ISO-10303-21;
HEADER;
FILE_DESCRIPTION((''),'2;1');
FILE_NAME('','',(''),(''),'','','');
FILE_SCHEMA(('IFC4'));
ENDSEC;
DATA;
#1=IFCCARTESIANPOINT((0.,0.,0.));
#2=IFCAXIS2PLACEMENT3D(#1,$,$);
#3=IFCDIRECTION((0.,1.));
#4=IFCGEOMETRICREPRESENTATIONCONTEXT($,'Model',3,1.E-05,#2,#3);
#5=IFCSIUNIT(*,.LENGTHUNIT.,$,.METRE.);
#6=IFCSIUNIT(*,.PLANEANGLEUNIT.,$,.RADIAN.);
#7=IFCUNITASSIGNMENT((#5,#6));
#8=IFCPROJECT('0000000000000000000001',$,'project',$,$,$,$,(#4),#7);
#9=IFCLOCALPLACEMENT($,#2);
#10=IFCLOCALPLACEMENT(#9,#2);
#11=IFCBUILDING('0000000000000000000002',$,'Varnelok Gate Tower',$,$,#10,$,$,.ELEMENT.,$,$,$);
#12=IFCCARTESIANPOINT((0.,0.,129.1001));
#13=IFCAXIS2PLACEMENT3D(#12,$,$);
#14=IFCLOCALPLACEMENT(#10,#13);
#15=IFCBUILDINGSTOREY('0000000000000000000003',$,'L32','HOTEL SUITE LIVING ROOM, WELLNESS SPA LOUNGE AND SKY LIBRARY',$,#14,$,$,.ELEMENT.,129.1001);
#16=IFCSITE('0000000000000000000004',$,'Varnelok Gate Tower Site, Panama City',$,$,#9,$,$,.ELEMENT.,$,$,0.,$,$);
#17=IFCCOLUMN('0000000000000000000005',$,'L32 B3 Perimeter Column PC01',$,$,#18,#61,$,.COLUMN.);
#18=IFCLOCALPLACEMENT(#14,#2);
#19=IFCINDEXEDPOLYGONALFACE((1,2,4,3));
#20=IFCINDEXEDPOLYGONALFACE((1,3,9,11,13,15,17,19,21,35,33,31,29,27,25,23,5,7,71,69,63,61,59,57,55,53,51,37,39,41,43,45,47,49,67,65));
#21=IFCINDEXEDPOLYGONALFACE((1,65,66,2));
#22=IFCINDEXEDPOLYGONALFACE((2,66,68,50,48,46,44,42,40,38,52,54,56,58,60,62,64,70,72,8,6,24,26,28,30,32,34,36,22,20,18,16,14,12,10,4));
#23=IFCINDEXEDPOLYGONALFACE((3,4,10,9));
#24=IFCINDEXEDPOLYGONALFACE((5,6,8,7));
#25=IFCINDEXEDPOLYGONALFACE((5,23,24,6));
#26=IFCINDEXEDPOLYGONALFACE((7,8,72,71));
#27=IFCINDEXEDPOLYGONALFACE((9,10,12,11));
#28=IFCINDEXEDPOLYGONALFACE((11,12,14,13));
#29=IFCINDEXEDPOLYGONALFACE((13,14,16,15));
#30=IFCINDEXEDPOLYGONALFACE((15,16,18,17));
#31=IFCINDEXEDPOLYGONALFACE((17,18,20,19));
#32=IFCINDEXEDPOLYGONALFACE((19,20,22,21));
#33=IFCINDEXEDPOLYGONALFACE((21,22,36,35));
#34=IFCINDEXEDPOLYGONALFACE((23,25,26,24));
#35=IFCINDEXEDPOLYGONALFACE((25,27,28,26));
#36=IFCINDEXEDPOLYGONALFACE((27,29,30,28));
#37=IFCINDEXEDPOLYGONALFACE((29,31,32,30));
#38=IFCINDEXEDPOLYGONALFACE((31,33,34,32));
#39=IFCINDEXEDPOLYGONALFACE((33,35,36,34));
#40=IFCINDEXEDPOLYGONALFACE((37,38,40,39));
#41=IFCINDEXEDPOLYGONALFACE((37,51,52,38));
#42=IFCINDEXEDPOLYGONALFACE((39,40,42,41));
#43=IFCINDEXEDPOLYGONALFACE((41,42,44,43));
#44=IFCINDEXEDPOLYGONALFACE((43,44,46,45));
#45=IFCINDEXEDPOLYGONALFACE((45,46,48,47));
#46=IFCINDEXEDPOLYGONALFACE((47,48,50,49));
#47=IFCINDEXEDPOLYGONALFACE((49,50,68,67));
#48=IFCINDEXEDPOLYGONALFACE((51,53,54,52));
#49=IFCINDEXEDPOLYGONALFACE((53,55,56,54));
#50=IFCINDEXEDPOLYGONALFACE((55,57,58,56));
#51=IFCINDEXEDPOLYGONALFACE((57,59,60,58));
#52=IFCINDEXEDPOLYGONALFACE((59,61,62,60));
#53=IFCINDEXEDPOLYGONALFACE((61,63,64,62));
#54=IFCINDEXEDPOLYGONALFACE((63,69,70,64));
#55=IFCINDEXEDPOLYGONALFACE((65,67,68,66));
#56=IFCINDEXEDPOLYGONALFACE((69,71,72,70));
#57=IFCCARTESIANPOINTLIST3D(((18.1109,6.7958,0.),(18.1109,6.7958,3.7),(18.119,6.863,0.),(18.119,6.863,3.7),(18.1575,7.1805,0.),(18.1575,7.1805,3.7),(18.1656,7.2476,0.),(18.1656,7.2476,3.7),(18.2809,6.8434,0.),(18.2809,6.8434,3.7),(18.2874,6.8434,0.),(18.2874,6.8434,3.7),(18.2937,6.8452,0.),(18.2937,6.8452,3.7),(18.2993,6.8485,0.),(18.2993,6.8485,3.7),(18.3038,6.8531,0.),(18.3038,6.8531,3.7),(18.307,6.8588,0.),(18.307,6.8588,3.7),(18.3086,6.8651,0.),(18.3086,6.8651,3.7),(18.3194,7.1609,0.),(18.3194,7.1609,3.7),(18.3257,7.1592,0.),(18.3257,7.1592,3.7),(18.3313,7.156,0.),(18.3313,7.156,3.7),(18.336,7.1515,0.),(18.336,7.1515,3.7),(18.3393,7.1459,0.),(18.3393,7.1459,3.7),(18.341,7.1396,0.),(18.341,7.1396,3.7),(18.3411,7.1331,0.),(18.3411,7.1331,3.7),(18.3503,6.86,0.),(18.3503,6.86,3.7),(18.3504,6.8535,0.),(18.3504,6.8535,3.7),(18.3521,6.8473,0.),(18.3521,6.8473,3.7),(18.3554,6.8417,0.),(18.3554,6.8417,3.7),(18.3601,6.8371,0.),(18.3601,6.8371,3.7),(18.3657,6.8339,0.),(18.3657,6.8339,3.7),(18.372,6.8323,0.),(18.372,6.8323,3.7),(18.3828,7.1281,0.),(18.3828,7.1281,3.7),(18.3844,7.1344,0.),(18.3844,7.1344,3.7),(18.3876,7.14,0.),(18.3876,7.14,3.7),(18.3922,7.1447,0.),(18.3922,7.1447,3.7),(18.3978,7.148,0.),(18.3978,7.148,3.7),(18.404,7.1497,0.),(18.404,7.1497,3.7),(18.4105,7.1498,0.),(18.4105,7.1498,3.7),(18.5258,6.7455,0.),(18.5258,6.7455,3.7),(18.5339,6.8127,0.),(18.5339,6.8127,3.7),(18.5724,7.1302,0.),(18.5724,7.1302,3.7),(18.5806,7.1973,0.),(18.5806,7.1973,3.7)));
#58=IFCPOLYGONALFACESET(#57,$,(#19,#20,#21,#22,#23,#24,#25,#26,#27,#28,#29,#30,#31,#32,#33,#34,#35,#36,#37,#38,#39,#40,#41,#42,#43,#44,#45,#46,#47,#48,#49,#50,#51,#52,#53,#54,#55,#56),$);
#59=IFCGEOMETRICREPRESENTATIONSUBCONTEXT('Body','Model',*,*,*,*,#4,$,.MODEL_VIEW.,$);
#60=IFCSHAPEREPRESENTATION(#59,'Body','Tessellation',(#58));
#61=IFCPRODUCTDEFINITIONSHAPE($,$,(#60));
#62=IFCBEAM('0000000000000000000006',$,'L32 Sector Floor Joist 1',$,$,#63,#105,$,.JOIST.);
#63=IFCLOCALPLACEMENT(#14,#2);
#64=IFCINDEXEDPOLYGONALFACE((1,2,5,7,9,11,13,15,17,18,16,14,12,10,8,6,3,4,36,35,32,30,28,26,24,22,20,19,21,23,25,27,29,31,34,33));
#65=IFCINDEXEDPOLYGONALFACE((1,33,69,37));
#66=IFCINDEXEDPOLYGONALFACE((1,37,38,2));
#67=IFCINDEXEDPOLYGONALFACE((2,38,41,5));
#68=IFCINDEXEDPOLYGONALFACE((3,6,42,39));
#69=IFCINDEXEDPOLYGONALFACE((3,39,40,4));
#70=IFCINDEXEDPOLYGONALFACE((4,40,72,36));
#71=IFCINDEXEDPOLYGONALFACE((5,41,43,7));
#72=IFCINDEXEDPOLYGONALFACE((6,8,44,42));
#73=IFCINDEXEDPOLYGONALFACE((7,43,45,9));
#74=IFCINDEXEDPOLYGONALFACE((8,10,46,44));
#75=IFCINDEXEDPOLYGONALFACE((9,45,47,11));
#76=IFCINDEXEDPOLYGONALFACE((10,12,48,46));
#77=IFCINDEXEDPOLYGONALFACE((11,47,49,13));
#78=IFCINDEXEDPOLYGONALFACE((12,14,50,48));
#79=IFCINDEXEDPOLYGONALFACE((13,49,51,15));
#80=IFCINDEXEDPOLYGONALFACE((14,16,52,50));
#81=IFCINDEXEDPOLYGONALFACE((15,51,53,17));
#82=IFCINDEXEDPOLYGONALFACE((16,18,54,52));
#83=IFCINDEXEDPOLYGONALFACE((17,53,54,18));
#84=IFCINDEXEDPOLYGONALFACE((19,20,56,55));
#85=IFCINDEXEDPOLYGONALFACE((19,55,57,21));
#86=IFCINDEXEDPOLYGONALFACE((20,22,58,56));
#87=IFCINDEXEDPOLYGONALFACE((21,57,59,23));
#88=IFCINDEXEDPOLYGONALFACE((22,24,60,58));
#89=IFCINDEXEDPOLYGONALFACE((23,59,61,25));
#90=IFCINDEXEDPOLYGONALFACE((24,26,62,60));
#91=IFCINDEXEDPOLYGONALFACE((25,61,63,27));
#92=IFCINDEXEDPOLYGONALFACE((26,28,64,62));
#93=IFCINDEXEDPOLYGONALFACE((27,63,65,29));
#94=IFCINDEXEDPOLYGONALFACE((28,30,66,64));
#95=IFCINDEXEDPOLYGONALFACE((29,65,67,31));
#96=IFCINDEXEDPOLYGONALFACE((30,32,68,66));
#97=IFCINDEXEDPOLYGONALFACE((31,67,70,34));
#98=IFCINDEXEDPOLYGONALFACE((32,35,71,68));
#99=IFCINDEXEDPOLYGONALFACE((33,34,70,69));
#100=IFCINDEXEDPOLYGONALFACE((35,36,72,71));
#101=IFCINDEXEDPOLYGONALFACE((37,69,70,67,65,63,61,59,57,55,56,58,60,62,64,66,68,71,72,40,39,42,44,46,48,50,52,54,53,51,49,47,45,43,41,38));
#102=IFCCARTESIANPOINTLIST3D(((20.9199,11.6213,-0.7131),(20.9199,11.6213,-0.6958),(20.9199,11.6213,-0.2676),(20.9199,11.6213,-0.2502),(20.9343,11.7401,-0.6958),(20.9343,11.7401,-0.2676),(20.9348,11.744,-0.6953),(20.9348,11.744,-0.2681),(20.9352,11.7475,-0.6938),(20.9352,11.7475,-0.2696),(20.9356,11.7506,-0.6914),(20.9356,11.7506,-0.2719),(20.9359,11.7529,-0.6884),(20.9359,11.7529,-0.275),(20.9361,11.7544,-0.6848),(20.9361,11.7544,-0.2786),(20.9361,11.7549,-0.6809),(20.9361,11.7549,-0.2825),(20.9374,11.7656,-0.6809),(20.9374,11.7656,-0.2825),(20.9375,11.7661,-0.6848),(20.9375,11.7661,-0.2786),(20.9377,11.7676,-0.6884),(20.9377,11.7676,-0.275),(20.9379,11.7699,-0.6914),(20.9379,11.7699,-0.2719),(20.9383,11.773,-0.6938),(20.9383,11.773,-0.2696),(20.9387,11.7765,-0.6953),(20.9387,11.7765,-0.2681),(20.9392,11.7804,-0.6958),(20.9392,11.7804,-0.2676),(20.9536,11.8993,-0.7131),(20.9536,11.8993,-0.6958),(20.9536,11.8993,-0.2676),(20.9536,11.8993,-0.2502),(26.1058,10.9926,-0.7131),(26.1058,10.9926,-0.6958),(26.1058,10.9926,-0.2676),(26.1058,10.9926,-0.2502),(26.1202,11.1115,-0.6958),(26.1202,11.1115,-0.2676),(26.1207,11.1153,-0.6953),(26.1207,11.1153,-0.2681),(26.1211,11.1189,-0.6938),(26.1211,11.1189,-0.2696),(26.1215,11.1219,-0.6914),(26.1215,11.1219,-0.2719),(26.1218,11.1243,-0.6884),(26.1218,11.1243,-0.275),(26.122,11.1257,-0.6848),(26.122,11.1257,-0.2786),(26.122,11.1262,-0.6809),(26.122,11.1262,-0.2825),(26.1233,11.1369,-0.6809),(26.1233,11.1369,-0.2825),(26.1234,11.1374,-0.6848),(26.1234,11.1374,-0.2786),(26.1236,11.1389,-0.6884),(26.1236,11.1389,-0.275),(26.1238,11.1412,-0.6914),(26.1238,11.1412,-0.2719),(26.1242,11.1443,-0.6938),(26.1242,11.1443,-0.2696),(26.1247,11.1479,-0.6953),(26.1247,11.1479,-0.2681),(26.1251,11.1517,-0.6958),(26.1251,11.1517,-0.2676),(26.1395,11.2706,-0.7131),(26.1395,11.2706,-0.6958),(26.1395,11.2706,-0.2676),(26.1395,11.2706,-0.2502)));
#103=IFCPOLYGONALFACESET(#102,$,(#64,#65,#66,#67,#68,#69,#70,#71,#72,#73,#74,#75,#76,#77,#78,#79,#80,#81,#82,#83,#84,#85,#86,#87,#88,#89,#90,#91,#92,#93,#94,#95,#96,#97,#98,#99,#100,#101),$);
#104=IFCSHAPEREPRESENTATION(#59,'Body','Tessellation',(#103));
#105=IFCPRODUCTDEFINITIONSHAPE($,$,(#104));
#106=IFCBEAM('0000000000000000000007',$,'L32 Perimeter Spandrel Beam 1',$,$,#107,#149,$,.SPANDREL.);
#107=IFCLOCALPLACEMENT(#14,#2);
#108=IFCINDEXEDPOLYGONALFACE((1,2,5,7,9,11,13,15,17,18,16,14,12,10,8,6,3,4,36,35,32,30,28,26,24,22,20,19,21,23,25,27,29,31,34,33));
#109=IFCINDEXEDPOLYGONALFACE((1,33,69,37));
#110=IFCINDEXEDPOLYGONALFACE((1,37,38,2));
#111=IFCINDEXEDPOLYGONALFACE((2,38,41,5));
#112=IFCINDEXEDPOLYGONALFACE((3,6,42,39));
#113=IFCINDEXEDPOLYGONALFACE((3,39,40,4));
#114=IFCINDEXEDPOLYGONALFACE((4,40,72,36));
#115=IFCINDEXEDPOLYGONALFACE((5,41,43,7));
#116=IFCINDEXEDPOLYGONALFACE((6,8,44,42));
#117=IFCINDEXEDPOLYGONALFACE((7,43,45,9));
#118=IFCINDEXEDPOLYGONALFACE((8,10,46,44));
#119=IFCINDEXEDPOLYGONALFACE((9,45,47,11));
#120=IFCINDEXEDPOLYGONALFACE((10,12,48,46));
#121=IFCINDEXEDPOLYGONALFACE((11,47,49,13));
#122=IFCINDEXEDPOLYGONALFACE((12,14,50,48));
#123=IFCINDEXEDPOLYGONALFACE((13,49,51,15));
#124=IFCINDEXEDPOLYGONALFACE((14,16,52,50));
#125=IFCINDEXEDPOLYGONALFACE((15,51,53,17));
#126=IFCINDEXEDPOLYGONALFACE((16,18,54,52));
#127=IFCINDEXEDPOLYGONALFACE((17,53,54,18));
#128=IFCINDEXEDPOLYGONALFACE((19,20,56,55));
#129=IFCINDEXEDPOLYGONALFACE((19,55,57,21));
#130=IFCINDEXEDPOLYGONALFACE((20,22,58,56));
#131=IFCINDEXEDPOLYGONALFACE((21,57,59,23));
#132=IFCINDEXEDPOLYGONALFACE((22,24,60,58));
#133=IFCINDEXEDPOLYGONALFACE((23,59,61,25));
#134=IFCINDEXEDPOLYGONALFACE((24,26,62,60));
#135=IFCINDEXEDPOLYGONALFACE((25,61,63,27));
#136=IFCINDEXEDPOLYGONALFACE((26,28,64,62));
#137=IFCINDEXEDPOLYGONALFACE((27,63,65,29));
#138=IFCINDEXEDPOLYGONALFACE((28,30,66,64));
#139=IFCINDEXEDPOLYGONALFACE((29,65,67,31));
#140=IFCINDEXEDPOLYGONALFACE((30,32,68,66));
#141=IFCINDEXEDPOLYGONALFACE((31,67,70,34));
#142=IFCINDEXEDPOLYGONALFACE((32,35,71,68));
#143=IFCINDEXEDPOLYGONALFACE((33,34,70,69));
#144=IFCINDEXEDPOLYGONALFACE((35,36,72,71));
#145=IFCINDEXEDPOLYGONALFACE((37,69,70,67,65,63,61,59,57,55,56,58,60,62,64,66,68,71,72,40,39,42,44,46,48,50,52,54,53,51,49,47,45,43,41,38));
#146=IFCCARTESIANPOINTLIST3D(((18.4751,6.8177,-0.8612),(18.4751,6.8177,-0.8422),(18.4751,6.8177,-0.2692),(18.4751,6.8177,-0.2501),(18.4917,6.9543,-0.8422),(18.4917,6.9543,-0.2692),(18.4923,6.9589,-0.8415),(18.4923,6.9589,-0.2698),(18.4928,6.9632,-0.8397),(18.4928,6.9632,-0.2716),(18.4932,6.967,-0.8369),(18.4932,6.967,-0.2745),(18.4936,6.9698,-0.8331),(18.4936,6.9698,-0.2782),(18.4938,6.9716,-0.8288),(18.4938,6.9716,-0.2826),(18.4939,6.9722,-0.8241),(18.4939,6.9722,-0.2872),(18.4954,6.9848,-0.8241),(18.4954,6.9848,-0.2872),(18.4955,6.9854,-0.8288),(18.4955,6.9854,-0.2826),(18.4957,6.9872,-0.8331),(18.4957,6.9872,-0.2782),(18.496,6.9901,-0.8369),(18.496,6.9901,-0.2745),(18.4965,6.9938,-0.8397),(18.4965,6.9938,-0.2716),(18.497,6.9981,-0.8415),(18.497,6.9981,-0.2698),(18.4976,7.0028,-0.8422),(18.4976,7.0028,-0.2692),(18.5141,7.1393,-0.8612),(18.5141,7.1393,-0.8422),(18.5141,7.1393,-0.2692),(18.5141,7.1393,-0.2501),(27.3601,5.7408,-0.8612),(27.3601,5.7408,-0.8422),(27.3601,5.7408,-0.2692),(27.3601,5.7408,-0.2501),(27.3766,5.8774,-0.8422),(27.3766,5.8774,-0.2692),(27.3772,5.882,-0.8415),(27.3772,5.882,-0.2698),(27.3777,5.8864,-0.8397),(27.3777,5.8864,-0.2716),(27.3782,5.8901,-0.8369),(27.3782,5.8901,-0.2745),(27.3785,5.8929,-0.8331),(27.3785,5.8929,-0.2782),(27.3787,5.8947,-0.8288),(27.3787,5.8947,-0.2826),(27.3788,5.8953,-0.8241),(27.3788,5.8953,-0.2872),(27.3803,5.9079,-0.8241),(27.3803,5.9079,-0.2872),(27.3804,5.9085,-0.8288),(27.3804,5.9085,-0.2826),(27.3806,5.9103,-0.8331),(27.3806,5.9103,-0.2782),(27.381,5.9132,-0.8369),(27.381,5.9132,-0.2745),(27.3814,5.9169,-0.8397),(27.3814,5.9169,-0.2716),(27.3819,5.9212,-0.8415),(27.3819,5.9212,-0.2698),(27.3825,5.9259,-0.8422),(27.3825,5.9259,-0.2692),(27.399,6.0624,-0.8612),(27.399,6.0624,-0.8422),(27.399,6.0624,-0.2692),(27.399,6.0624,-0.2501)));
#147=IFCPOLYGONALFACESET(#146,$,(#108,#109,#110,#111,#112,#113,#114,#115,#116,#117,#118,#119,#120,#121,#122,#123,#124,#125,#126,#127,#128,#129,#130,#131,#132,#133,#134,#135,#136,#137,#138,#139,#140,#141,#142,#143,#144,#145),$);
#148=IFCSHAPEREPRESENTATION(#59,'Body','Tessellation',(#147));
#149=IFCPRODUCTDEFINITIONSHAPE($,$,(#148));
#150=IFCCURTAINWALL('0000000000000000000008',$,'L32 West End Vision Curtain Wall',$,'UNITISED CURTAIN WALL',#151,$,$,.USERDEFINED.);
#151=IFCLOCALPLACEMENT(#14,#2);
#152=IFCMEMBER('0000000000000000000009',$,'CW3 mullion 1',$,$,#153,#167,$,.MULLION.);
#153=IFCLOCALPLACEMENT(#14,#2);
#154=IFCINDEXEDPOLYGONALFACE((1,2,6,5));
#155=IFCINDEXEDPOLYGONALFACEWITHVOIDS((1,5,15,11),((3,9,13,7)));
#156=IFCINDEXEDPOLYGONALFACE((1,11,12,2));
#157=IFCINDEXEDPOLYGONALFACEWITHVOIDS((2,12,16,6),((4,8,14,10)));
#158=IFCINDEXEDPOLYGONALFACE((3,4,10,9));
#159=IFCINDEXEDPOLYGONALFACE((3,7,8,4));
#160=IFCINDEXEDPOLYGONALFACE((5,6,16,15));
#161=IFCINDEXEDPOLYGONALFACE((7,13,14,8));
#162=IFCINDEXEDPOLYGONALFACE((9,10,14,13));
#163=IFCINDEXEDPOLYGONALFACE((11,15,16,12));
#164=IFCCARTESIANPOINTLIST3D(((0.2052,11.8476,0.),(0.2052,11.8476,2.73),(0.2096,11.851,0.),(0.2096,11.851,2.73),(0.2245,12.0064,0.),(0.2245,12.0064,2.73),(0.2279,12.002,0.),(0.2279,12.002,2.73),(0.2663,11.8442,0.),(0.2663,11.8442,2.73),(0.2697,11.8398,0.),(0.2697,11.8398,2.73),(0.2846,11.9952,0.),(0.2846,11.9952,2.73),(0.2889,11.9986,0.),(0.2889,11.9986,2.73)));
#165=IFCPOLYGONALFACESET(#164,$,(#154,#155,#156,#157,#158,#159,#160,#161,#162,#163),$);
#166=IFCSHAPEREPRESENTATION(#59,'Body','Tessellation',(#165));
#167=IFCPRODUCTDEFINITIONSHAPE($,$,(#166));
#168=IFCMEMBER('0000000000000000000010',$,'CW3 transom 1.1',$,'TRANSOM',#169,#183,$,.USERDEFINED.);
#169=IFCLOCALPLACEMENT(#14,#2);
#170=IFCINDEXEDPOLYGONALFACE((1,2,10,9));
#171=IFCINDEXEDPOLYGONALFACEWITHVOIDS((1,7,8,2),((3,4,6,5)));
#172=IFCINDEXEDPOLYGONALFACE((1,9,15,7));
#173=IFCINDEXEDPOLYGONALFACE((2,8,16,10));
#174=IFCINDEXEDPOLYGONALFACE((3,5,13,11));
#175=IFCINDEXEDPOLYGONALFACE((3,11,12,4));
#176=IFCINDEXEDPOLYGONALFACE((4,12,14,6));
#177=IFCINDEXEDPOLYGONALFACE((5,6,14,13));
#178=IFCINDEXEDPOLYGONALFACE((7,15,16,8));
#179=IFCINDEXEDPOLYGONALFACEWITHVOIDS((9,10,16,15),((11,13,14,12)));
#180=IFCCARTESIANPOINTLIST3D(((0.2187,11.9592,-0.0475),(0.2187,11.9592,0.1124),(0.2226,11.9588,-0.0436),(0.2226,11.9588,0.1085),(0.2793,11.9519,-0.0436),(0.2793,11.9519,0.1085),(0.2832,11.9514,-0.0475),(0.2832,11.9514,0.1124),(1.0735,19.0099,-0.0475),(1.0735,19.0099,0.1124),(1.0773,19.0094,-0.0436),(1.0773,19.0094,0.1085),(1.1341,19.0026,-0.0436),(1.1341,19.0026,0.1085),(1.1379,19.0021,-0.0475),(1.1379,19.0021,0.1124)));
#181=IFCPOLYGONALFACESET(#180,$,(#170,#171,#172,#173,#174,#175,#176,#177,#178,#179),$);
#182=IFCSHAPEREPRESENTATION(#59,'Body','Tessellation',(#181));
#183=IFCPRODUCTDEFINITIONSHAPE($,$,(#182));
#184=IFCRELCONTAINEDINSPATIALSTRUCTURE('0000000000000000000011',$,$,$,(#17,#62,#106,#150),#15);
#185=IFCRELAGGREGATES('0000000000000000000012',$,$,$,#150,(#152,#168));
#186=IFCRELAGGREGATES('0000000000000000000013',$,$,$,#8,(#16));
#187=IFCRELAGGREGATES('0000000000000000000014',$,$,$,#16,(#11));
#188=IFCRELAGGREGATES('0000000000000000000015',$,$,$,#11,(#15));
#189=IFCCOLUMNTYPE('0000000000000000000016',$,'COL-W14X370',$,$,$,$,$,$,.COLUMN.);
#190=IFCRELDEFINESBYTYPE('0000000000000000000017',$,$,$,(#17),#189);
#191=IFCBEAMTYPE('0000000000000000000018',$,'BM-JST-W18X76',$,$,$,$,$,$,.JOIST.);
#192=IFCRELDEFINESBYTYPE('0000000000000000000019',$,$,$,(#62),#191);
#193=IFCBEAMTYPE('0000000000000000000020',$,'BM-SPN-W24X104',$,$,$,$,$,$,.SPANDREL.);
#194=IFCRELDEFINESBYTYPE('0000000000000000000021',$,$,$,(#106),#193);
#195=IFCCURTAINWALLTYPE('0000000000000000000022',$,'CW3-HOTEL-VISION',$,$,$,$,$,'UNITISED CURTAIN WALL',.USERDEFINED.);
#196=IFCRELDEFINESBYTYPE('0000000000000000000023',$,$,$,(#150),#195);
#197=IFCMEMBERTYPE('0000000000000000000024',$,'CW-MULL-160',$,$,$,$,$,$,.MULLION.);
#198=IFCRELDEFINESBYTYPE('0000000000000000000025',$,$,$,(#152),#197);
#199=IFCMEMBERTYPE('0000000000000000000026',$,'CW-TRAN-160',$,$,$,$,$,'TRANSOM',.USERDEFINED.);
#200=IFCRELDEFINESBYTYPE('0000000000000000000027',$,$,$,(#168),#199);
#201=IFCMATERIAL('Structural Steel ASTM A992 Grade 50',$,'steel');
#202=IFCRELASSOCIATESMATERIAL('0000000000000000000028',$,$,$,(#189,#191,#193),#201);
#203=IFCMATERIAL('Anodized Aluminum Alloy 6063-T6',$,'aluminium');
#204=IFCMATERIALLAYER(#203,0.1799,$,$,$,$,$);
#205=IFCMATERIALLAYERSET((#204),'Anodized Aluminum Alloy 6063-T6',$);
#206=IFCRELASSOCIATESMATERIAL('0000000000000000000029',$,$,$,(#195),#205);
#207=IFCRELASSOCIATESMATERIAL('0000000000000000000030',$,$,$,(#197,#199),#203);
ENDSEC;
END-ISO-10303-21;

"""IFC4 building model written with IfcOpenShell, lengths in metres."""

from ifc_helpers import new_model, si_unit, direction, frame, origin, origin_2d, place, context, subcontext, project, spatial, hollow_rectangle, i_section, extrude, material, layer, layer_set, material_profile, profile_set, type_object, element, aggregate, save


model = new_model("IFC4")

# Units and contexts
model_context = context("Model", 3, precision=1e-05, world=origin(), true_north=direction((0.0, 1.0)))
body_context = subcontext(model_context, "Body", "Model", "MODEL_VIEW")
ifc_project = project(units=[si_unit("LENGTHUNIT", "METRE"), si_unit("PLANEANGLEUNIT", "RADIAN")], contexts=[model_context])

# Site, building, storey
site_placement = place(None, origin())
site = spatial("IfcSite", under=ifc_project, at=site_placement, Name="Varnelok Gate Tower Site, Panama City", CompositionType="ELEMENT", RefElevation=0.0)
building_placement = place(site_placement, origin())
building = spatial("IfcBuilding", under=site, at=building_placement, Name="Varnelok Gate Tower", CompositionType="ELEMENT")
storey_placement = place(building_placement, frame((0.0, 0.0, 129.1001)))
storey = spatial("IfcBuildingStorey", under=building, at=storey_placement, Name="L32", Description="HOTEL SUITE LIVING ROOM, WELLNESS SPA LOUNGE AND SKY LIBRARY", CompositionType="ELEMENT", Elevation=129.1001)

# Column
ifc_material_1 = material(Name="Structural Steel ASTM A992 Grade 50", Category="steel")
ifc_material_profile_1 = material_profile(ifc_material_1, i_section(OverallWidth=0.418, OverallDepth=0.4551, WebThickness=0.042, FlangeThickness=0.0676, FilletRadius=0.0249, at=origin_2d()), Name="W14X370")
ifc_profile_set_1 = profile_set([ifc_material_profile_1], Name="Structural Steel ASTM A992 Grade 50")
column_type = type_object("IfcColumnType", Name="COL-W14X370", PredefinedType="COLUMN", material=ifc_profile_set_1)
column_placement = place(storey_placement, frame((18.3457, 6.9966, 0.0), z_axis=(0.0, 0.0, 1.0), x_axis=(0.992732, -0.120345, 0.0)))
element("IfcColumn", 1, at=column_placement, inside=storey, type_object=column_type, Name="L32 B3 Perimeter Column PC01", PredefinedType="COLUMN", context=body_context, shape_type="SweptSolid", body=[
    extrude(i_section(OverallWidth=0.418, OverallDepth=0.4551, WebThickness=0.042, FlangeThickness=0.0676, FilletRadius=0.0249, at=origin_2d()), origin(), (0.0, 0.0, 1.0), 3.7),
])

# Beams
ifc_material_profile_2 = material_profile(ifc_material_1, i_section(OverallWidth=0.28, OverallDepth=0.4629, WebThickness=0.0107, FlangeThickness=0.0173, FilletRadius=0.0149, at=origin_2d()), Name="W18X76")
ifc_profile_set_2 = profile_set([ifc_material_profile_2], Name="Structural Steel ASTM A992 Grade 50")
beam_type_1 = type_object("IfcBeamType", Name="BM-JST-W18X76", PredefinedType="JOIST", material=ifc_profile_set_2)
beam_1_placement = place(storey_placement, frame((20.9368, 11.7603, -0.4817), z_axis=(0.992732, -0.120347, 0.0), x_axis=(0.120347, 0.992732, 0.0)))
element("IfcBeam", 2, at=beam_1_placement, inside=storey, type_object=beam_type_1, Name="L32 Sector Floor Joist 1", PredefinedType="JOIST", context=body_context, shape_type="SweptSolid", body=[
    extrude(i_section(OverallWidth=0.28, OverallDepth=0.4629, WebThickness=0.0107, FlangeThickness=0.0173, FilletRadius=0.0149, at=origin_2d()), origin(), (0.0, 0.0, 1.0), 5.2239),
])
ifc_material_profile_3 = material_profile(ifc_material_1, i_section(OverallWidth=0.324, OverallDepth=0.6111, WebThickness=0.0127, FlangeThickness=0.019, FilletRadius=0.0181, at=origin_2d()), Name="W24X104")
ifc_profile_set_3 = profile_set([ifc_material_profile_3], Name="Structural Steel ASTM A992 Grade 50")
beam_type_2 = type_object("IfcBeamType", Name="BM-SPN-W24X104", PredefinedType="SPANDREL", material=ifc_profile_set_3)
beam_2_placement = place(storey_placement, frame((18.4946, 6.9785, -0.5557), z_axis=(0.992735, -0.120324, 0.0), x_axis=(0.120324, 0.992735, 0.0)))
element("IfcBeam", 3, at=beam_2_placement, inside=storey, type_object=beam_type_2, Name="L32 Perimeter Spandrel Beam 1", PredefinedType="SPANDREL", context=body_context, shape_type="SweptSolid", body=[
    extrude(i_section(OverallWidth=0.324, OverallDepth=0.6111, WebThickness=0.0127, FlangeThickness=0.019, FilletRadius=0.0181, at=origin_2d()), origin(), (0.0, 0.0, 1.0), 8.95),
])

# Curtain wall, members
ifc_material_2 = material(Name="Anodized Aluminum Alloy 6063-T6", Category="aluminium")
ifc_layer_1 = layer(ifc_material_2, 0.1799)
ifc_layer_set_1 = layer_set([ifc_layer_1], Name="Anodized Aluminum Alloy 6063-T6")
curtain_wall_type = type_object("IfcCurtainWallType", Name="CW3-HOTEL-VISION", ElementType="UNITISED CURTAIN WALL", PredefinedType="USERDEFINED", material=ifc_layer_set_1)
curtain_wall_placement = place(storey_placement, origin())
curtain_wall = element("IfcCurtainWall", 4, at=curtain_wall_placement, inside=storey, type_object=curtain_wall_type, Name="L32 West End Vision Curtain Wall", ObjectType="UNITISED CURTAIN WALL", PredefinedType="USERDEFINED")
ifc_material_profile_4 = material_profile(ifc_material_2, hollow_rectangle(XDim=0.0649, YDim=0.1599, WallThickness=0.0039, at=origin_2d()), Name="ALU160X65X4")
ifc_profile_set_4 = profile_set([ifc_material_profile_4], Name="Anodized Aluminum Alloy 6063-T6")
member_type_1 = type_object("IfcMemberType", Name="CW-MULL-160", PredefinedType="MULLION", material=ifc_profile_set_4)
member_1_placement = place(storey_placement, frame((0.2471, 11.9231, 0.0), z_axis=(0.0, 0.0, 1.0), x_axis=(-0.992732, 0.120347, 0.0)))
member_1 = element("IfcMember", 5, at=member_1_placement, type_object=member_type_1, Name="CW3 mullion 1", PredefinedType="MULLION", context=body_context, shape_type="SweptSolid", body=[
    extrude(hollow_rectangle(XDim=0.0649, YDim=0.1599, WallThickness=0.0039, at=origin_2d()), origin(), (0.0, 0.0, 1.0), 2.73),
])
ifc_material_profile_5 = material_profile(ifc_material_2, hollow_rectangle(XDim=0.0649, YDim=0.1599, WallThickness=0.0039, at=origin_2d()), Name="ALU160X65X4")
ifc_profile_set_5 = profile_set([ifc_material_profile_5], Name="Anodized Aluminum Alloy 6063-T6")
member_type_2 = type_object("IfcMemberType", Name="CW-TRAN-160", ElementType="TRANSOM", PredefinedType="USERDEFINED", material=ifc_profile_set_5)
member_2_placement = place(storey_placement, frame((0.251, 11.9553, 0.0325), z_axis=(0.120345, 0.992732, 0.0), x_axis=(-0.992732, 0.120345, 0.0)))
member_2 = element("IfcMember", 6, at=member_2_placement, type_object=member_type_2, Name="CW3 transom 1.1", ObjectType="TRANSOM", PredefinedType="USERDEFINED", context=body_context, shape_type="SweptSolid", body=[
    extrude(hollow_rectangle(XDim=0.0649, YDim=0.1599, WallThickness=0.0039, at=origin_2d()), origin(), (0.0, 0.0, 1.0), 7.1023),
])
aggregate(curtain_wall, [member_1, member_2])

save(model, "model.ifc")
